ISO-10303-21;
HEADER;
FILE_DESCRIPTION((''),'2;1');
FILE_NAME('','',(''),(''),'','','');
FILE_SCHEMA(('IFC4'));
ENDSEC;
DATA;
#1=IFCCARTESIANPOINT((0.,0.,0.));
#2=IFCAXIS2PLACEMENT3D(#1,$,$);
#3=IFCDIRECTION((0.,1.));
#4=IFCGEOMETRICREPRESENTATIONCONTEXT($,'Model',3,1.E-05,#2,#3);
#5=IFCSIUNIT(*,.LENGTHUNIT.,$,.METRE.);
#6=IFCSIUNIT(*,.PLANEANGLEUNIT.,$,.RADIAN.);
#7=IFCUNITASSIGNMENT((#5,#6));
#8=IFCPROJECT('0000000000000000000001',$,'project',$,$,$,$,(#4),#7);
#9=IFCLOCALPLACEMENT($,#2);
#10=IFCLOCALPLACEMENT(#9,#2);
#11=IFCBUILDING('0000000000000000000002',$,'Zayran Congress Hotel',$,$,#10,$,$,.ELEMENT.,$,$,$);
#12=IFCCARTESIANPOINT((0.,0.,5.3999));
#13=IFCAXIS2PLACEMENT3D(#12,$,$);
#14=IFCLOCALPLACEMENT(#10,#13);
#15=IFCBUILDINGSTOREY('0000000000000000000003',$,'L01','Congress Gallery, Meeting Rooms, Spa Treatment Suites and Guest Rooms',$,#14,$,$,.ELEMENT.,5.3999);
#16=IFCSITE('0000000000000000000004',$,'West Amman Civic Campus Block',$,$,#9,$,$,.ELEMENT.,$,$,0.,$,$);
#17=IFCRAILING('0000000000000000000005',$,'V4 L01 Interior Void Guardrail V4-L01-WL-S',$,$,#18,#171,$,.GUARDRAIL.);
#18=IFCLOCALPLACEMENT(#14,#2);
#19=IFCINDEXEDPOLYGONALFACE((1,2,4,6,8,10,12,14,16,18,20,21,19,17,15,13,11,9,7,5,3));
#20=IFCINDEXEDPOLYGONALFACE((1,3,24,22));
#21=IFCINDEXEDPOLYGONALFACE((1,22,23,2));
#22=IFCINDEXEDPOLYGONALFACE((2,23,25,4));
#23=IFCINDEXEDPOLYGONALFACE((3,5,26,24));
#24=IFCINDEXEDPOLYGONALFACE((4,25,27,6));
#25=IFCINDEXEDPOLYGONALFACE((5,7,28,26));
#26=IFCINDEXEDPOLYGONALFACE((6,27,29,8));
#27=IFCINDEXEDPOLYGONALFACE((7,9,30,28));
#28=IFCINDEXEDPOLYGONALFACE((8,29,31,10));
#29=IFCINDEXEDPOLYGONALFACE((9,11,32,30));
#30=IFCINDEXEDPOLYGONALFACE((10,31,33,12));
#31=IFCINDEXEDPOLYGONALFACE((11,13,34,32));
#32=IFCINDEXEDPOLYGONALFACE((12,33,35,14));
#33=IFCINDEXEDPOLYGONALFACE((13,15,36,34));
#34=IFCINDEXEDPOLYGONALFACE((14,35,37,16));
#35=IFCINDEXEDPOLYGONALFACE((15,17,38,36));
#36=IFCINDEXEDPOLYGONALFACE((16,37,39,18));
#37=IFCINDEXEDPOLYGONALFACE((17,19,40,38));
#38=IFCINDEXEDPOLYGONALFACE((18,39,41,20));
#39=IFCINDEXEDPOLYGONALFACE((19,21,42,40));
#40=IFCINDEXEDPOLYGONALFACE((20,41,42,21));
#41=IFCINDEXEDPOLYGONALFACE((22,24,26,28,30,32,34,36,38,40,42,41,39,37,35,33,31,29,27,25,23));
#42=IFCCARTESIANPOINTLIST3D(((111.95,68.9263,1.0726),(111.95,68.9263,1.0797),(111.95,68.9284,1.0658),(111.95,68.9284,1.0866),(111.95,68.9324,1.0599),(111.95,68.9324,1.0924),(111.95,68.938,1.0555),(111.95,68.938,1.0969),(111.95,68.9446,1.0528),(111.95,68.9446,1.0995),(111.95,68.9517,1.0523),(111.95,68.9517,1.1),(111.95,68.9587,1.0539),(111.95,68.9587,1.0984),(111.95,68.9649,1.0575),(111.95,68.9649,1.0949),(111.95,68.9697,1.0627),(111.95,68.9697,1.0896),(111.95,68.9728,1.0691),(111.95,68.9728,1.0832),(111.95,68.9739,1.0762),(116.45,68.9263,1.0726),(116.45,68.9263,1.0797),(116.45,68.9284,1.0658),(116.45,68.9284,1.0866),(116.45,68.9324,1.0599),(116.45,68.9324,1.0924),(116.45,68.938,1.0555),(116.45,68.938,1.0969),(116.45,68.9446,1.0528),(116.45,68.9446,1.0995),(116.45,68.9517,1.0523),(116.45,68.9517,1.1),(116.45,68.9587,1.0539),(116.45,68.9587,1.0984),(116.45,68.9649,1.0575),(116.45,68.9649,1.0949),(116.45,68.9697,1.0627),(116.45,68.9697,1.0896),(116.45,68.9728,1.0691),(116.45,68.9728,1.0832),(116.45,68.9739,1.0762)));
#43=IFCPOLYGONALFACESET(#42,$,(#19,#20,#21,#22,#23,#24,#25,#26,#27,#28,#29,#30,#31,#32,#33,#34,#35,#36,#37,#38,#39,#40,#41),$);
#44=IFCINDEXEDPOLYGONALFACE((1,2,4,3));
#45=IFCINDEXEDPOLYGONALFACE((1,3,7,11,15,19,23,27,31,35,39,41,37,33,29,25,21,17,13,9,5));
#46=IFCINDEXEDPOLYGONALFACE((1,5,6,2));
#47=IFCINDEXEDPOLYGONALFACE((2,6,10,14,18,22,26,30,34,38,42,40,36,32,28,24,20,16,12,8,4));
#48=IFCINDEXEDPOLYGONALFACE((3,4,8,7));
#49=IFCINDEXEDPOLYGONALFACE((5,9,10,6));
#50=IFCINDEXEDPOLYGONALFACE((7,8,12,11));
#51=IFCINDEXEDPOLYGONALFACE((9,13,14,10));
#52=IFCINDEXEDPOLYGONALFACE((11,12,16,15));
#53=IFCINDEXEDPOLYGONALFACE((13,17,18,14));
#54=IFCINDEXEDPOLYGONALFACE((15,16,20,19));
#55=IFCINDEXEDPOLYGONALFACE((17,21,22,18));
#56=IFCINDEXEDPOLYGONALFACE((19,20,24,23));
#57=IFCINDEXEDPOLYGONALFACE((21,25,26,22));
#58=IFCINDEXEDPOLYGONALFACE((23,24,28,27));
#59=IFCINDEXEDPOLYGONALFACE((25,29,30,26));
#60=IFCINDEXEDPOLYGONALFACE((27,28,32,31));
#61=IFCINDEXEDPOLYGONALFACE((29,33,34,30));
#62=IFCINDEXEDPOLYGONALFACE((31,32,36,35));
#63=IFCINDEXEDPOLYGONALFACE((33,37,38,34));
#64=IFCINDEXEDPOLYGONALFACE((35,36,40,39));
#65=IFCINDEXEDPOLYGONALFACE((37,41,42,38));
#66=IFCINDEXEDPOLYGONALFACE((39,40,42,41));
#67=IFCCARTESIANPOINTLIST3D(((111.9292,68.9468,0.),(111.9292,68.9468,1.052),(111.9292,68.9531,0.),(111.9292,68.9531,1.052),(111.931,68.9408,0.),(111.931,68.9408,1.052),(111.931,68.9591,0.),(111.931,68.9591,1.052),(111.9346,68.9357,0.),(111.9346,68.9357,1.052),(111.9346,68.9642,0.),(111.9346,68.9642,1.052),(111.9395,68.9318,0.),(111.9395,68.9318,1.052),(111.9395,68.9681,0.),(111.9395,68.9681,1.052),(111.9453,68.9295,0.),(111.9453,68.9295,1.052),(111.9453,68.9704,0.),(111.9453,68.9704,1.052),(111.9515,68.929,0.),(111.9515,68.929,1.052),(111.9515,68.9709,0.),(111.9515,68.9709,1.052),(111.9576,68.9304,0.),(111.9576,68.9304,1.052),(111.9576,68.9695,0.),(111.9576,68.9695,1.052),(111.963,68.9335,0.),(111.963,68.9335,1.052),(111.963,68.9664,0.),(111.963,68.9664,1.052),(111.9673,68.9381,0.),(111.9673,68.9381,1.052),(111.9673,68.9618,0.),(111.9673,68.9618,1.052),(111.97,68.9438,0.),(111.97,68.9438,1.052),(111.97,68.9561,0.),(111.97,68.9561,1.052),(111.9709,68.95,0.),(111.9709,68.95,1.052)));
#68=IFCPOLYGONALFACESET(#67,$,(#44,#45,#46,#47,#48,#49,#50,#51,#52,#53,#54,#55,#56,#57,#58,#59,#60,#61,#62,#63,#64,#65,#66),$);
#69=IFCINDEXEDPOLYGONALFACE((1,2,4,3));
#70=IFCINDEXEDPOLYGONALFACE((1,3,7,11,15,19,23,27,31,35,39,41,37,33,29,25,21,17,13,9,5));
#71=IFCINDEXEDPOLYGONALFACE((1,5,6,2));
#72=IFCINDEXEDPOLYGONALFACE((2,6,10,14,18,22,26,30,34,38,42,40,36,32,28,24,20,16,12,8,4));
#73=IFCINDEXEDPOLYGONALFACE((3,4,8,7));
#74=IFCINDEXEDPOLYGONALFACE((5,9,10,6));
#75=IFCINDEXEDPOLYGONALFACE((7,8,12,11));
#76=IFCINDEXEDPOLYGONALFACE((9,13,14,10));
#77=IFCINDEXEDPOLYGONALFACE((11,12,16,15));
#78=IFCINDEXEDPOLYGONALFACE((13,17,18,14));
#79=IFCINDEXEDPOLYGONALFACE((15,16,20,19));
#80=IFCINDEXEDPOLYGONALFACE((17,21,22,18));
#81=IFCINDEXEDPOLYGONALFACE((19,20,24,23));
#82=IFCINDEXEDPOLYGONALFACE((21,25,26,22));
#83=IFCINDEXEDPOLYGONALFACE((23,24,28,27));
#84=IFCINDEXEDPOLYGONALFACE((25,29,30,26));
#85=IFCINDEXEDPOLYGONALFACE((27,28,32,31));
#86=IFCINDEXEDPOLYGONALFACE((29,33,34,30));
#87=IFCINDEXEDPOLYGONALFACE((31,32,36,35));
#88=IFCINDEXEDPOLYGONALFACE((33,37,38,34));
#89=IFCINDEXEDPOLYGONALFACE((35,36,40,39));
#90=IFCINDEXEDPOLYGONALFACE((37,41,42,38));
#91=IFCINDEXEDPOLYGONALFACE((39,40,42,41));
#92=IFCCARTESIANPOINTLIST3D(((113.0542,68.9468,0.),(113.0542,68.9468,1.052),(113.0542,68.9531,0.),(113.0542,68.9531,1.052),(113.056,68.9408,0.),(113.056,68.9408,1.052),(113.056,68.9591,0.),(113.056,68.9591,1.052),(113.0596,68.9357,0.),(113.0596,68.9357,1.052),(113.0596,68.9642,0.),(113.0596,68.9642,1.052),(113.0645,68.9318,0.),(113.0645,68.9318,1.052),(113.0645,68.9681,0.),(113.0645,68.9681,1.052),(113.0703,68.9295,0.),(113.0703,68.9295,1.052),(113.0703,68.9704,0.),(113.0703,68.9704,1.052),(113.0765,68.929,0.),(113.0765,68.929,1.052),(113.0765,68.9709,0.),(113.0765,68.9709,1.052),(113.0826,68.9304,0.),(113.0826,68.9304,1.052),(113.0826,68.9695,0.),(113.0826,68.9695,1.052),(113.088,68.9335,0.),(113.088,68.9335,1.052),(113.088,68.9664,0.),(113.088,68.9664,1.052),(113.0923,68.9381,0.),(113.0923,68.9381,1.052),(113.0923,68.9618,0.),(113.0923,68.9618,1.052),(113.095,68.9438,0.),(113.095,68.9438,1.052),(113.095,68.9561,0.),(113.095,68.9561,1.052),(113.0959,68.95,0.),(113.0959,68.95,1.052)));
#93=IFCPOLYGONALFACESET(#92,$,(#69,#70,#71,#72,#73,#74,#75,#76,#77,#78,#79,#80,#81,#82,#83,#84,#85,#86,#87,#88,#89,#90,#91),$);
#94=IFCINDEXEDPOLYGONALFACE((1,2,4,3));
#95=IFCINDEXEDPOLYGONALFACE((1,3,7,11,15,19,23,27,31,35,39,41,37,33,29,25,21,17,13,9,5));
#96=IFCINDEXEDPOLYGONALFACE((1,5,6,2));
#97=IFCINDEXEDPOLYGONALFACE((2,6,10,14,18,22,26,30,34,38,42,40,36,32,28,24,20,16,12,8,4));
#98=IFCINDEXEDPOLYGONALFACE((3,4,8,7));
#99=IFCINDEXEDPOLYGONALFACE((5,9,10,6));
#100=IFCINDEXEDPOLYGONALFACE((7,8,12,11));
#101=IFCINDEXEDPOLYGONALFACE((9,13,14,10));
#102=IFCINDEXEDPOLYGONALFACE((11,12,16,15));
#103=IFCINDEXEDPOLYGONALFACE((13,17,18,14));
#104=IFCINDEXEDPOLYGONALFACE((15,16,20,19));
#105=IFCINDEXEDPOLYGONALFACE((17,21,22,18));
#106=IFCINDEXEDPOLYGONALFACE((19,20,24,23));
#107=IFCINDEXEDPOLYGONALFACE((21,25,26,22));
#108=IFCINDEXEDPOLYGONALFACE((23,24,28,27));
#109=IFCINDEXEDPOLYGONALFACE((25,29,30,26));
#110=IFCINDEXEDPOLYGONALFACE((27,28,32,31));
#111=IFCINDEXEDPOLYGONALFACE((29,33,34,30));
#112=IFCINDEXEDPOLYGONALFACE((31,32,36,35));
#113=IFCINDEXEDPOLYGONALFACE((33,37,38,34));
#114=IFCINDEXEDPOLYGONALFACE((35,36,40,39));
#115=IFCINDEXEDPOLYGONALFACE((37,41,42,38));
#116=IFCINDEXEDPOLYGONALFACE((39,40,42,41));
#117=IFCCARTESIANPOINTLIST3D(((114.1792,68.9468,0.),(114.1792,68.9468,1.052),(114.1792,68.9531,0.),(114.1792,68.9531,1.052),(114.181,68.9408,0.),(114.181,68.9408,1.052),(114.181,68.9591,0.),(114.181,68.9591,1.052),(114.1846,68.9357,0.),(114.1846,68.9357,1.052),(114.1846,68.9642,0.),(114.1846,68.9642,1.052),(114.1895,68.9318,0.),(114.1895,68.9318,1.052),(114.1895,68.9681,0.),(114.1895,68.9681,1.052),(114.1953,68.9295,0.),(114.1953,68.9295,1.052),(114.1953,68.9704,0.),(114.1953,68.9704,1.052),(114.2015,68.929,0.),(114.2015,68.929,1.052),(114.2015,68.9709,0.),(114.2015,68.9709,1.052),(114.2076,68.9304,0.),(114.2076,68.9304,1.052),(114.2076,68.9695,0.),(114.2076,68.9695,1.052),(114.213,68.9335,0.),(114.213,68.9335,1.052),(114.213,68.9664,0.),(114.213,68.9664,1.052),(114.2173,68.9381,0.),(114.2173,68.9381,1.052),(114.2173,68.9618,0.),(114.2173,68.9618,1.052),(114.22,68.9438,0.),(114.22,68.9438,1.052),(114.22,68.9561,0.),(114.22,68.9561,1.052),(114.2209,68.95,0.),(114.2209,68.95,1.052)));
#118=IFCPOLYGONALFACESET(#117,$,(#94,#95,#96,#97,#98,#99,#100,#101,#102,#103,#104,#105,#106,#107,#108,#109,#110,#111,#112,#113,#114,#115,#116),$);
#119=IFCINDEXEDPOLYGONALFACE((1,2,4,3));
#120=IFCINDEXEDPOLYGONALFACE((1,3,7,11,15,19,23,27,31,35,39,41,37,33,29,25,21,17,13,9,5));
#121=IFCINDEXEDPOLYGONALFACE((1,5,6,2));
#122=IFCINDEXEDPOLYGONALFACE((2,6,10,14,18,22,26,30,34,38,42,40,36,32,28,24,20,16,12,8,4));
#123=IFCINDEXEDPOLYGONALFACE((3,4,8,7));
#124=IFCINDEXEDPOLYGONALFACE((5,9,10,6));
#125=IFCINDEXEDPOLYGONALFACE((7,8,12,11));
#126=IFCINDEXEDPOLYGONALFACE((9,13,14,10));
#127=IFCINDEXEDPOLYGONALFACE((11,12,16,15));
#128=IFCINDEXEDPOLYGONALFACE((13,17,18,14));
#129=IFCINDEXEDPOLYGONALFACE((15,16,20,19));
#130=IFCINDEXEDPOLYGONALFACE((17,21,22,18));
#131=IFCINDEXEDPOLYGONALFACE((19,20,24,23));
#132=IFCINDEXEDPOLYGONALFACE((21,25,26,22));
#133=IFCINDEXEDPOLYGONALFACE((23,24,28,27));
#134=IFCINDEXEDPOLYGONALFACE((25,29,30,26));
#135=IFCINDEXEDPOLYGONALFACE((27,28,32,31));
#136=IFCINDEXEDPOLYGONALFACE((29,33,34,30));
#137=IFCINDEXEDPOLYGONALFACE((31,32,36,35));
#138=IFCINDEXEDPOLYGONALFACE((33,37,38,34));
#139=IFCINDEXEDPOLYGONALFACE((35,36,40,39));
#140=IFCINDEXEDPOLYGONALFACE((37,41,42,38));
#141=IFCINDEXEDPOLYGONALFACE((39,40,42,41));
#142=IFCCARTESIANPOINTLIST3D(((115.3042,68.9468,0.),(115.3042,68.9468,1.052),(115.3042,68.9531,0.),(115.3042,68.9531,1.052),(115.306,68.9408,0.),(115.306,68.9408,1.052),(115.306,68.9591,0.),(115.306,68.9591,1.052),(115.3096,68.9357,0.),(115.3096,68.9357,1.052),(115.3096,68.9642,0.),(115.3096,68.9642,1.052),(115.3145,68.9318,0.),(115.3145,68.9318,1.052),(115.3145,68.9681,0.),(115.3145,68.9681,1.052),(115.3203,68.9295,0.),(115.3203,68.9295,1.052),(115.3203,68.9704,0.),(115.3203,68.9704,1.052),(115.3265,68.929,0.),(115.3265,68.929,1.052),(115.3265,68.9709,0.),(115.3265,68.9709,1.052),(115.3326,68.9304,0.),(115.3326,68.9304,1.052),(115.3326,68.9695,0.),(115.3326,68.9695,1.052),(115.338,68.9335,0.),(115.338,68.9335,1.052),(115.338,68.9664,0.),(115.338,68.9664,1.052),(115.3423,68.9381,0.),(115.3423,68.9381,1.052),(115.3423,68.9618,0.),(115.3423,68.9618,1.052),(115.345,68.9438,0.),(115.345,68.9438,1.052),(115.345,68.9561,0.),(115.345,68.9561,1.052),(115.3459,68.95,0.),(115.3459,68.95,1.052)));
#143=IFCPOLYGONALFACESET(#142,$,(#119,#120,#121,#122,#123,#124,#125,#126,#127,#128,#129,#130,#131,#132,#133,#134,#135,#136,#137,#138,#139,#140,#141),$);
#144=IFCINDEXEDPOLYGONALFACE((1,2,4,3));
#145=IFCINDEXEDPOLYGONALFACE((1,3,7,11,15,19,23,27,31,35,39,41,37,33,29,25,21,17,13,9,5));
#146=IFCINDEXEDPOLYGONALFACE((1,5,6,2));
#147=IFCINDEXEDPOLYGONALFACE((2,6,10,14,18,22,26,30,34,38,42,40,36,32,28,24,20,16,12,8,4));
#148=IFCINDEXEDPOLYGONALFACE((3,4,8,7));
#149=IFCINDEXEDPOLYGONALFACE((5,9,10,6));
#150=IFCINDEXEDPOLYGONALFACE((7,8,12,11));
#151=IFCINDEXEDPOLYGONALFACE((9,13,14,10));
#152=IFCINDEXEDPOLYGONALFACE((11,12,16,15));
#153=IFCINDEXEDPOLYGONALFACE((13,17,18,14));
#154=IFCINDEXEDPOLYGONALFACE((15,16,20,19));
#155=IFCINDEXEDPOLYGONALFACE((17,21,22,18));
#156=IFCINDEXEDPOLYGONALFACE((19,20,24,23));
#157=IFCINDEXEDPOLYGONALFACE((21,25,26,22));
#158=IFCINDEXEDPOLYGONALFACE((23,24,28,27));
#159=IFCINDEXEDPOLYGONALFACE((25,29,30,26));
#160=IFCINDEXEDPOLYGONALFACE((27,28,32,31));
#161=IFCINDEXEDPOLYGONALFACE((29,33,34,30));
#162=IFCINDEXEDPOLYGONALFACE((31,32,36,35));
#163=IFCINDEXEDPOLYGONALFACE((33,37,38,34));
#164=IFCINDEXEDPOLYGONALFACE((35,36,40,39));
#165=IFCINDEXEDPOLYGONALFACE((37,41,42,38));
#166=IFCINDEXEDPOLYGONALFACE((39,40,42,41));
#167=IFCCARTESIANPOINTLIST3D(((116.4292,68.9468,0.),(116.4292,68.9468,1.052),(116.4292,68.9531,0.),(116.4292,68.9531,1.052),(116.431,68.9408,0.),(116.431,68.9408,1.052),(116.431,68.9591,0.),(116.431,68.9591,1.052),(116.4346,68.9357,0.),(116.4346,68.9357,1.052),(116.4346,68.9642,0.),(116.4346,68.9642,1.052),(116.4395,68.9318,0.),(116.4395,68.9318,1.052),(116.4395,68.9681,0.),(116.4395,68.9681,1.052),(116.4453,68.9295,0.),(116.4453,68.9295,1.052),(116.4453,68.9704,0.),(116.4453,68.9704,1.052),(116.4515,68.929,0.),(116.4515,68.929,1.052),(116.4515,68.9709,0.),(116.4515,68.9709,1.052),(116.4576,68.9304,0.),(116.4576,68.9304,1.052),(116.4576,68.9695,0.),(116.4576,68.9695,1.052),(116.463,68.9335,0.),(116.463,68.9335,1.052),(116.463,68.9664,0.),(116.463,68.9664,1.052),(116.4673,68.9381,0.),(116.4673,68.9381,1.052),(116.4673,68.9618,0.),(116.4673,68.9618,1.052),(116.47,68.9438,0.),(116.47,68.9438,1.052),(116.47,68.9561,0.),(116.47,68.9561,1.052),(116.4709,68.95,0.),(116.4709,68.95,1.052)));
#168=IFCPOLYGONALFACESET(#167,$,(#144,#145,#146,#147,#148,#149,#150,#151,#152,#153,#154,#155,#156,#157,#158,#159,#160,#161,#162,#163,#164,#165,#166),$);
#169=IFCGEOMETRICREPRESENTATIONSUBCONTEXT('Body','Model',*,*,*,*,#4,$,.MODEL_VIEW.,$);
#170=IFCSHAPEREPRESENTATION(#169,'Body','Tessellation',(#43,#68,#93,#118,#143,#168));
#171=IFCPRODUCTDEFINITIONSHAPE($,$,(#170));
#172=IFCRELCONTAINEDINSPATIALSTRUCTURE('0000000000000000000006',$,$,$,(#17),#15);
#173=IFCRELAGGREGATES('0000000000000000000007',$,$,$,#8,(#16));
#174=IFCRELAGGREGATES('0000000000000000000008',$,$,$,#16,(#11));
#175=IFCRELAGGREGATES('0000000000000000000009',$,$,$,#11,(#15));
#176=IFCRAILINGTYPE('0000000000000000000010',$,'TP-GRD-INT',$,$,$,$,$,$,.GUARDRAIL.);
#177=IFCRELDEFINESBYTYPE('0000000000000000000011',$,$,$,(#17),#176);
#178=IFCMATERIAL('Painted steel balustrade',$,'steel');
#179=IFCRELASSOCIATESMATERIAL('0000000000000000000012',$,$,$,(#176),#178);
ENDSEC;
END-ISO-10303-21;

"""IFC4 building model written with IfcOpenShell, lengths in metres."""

from ifc_helpers import new_model, si_unit, direction, frame, origin, origin_2d, place, context, subcontext, project, spatial, circle, extrude, material, type_object, element, save


model = new_model("IFC4")

# Units and contexts
model_context = context("Model", 3, precision=1e-05, world=origin(), true_north=direction((0.0, 1.0)))
body_context = subcontext(model_context, "Body", "Model", "MODEL_VIEW")
ifc_project = project(units=[si_unit("LENGTHUNIT", "METRE"), si_unit("PLANEANGLEUNIT", "RADIAN")], contexts=[model_context])

# Site, building, storey
site_placement = place(None, origin())
site = spatial("IfcSite", under=ifc_project, at=site_placement, Name="West Amman Civic Campus Block", CompositionType="ELEMENT", RefElevation=0.0)
building_placement = place(site_placement, origin())
building = spatial("IfcBuilding", under=site, at=building_placement, Name="Zayran Congress Hotel", CompositionType="ELEMENT")
storey_placement = place(building_placement, frame((0.0, 0.0, 5.3999)))
storey = spatial("IfcBuildingStorey", under=building, at=storey_placement, Name="L01", Description="Congress Gallery, Meeting Rooms, Spa Treatment Suites and Guest Rooms", CompositionType="ELEMENT", Elevation=5.3999)

# Railing
ifc_material_1 = material(Name="Painted steel balustrade", Category="steel")
railing_type_1 = type_object("IfcRailingType", Name="TP-GRD-INT", PredefinedType="GUARDRAIL", material=ifc_material_1)
railing_1_placement = place(storey_placement, frame((111.95, 68.95, 0.0)))
element("IfcRailing", 1, at=railing_1_placement, inside=storey, type_object=railing_type_1, Name="V4 L01 Interior Void Guardrail V4-L01-WL-S", PredefinedType="GUARDRAIL", context=body_context, shape_type="SweptSolid", body=[
    extrude(circle(Radius=0.0239, at=origin_2d()), frame((0.0, 0.0, 1.0762), z_axis=(1.0, 0.0, 0.0), x_axis=(0.0, 1.0, 0.0)), (0.0, 0.0, 1.0), 4.5),
    extrude(circle(Radius=0.021, at=origin_2d()), origin(), (0.0, 0.0, 1.0), 1.052),
    extrude(circle(Radius=0.021, at=origin_2d()), frame((1.125, 0.0, 0.0)), (0.0, 0.0, 1.0), 1.052),
    extrude(circle(Radius=0.021, at=origin_2d()), frame((2.25, 0.0, 0.0)), (0.0, 0.0, 1.0), 1.052),
    extrude(circle(Radius=0.021, at=origin_2d()), frame((3.375, 0.0, 0.0)), (0.0, 0.0, 1.0), 1.052),
    extrude(circle(Radius=0.021, at=origin_2d()), frame((4.5, 0.0, 0.0)), (0.0, 0.0, 1.0), 1.052),
])

save(model, "model.ifc")
